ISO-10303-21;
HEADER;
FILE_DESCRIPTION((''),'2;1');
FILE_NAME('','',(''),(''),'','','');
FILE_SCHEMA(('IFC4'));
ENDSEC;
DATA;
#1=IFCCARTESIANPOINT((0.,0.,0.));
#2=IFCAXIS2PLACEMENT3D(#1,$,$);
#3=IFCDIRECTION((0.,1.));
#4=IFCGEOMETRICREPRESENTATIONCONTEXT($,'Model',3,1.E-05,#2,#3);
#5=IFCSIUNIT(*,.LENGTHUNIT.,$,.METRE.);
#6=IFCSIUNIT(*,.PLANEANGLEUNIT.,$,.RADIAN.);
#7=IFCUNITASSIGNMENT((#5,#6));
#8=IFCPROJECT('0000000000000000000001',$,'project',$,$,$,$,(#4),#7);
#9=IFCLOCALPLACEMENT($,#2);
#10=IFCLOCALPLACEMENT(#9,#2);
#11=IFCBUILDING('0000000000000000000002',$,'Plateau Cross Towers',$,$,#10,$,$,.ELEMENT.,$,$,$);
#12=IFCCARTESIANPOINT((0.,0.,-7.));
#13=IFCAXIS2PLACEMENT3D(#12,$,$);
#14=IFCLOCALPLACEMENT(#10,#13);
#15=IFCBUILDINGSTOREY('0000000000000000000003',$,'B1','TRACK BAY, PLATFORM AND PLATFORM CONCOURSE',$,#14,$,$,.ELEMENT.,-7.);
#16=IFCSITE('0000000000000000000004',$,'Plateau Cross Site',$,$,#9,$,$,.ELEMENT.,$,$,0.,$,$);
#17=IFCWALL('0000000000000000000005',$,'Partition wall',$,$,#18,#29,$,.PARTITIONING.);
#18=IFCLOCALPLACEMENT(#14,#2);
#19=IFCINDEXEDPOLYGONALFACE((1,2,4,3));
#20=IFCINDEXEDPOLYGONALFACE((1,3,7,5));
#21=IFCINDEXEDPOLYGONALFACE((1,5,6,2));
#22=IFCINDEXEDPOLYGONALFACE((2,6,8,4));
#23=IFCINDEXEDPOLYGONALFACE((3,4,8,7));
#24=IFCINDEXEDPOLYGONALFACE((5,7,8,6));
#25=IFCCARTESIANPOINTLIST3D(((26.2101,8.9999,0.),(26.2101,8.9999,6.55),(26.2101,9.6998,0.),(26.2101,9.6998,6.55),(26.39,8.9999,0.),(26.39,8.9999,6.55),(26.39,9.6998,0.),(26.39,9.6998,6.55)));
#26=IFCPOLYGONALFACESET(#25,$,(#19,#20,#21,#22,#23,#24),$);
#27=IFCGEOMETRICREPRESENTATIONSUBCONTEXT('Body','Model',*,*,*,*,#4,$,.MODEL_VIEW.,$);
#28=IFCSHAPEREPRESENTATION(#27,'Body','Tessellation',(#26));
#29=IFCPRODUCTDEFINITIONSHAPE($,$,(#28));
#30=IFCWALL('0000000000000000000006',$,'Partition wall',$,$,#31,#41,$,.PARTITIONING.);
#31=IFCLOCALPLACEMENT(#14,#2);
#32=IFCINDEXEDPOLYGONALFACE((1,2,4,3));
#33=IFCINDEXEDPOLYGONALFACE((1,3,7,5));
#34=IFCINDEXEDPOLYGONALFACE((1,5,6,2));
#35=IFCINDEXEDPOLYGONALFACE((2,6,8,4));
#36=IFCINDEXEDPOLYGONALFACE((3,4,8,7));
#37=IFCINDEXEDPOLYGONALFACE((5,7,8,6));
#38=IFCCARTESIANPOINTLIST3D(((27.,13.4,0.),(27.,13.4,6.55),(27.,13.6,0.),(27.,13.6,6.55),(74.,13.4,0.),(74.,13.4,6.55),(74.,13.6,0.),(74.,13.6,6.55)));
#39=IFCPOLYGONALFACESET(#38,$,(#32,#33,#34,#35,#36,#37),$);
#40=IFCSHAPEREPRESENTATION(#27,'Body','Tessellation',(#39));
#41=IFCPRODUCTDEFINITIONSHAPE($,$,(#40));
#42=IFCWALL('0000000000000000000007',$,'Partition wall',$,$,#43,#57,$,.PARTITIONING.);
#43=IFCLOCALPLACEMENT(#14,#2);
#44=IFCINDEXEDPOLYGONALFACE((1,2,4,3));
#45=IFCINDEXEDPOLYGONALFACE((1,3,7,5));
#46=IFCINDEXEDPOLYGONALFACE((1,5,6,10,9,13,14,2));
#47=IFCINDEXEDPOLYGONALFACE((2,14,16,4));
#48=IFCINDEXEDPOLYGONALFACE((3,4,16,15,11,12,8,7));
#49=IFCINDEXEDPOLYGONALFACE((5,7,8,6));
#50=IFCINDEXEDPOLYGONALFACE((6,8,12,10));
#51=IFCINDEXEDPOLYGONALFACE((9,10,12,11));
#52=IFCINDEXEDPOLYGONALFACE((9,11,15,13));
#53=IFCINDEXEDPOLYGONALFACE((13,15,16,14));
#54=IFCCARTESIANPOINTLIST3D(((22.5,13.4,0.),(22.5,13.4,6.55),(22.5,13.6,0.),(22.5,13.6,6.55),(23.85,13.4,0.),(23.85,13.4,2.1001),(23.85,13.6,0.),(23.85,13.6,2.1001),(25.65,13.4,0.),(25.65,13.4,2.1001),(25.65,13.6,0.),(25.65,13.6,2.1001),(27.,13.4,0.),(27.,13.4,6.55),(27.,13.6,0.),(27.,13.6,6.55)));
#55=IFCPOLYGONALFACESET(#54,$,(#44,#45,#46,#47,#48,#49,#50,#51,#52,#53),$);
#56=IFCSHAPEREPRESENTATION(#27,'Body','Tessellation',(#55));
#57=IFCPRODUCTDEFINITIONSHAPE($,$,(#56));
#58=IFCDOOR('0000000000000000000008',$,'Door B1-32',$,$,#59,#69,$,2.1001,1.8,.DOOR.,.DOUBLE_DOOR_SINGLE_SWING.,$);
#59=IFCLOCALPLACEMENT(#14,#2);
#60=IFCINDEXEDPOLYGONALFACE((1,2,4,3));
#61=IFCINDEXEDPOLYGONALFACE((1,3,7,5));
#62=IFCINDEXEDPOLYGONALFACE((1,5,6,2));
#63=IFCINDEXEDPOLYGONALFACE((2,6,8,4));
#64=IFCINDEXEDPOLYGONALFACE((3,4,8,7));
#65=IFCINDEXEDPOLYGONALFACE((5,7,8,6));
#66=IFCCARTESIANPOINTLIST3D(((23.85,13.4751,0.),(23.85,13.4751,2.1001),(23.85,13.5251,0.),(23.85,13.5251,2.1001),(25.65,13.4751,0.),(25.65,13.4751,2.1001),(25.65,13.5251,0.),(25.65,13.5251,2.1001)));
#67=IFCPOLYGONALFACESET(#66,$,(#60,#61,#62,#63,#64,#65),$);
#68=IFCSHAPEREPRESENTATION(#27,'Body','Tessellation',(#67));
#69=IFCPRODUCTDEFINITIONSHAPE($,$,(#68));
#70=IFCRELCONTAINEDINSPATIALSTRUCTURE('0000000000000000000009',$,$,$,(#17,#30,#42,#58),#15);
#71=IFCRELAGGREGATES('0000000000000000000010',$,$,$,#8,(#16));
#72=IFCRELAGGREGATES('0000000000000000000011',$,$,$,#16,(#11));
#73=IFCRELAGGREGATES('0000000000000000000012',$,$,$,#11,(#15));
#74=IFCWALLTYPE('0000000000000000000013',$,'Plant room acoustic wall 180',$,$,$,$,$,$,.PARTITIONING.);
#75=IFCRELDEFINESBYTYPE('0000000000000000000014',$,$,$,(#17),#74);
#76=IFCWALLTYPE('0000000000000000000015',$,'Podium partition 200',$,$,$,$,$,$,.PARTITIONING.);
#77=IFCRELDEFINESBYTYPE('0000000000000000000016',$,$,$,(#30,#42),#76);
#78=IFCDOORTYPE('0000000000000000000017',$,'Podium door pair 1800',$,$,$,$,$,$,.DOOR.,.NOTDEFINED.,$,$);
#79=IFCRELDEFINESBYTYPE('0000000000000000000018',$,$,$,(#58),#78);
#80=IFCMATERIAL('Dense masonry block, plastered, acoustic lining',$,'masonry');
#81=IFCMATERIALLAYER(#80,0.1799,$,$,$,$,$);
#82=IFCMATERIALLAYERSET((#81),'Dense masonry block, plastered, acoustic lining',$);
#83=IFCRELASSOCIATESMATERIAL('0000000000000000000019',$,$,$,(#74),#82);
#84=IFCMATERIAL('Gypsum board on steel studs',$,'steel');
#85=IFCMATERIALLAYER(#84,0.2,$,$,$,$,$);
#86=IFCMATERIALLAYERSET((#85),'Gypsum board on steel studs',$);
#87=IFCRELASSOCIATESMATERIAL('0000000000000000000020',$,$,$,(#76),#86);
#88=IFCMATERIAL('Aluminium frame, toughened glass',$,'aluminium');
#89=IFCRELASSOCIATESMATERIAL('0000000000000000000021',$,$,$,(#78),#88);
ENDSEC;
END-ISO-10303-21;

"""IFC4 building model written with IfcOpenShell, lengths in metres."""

from ifc_helpers import new_model, si_unit, direction, frame, frame_2d, origin, place, context, subcontext, project, spatial, rectangle, extrude, material, layer, layer_set, type_object, element, fill, save


model = new_model("IFC4")

# Units and contexts
model_context = context("Model", 3, precision=1e-05, world=origin(), true_north=direction((0.0, 1.0)))
body_context = subcontext(model_context, "Body", "Model", "MODEL_VIEW")
ifc_project = project(units=[si_unit("LENGTHUNIT", "METRE"), si_unit("PLANEANGLEUNIT", "RADIAN")], contexts=[model_context])

# Site, building, storey
site_placement = place(None, origin())
site = spatial("IfcSite", under=ifc_project, at=site_placement, Name="Plateau Cross Site", CompositionType="ELEMENT", RefElevation=0.0)
building_placement = place(site_placement, origin())
building = spatial("IfcBuilding", under=site, at=building_placement, Name="Plateau Cross Towers", CompositionType="ELEMENT")
storey_placement = place(building_placement, frame((0.0, 0.0, -7.0)))
storey = spatial("IfcBuildingStorey", under=building, at=storey_placement, Name="B1", Description="TRACK BAY, PLATFORM AND PLATFORM CONCOURSE", CompositionType="ELEMENT", Elevation=-7.0)

# Wall
ifc_material_1 = material(Name="Dense masonry block, plastered, acoustic lining", Category="masonry")
ifc_layer_1 = layer(ifc_material_1, 0.1799)
ifc_layer_set_1 = layer_set([ifc_layer_1], Name="Dense masonry block, plastered, acoustic lining")
wall_type_1 = type_object("IfcWallType", Name="Plant room acoustic wall 180", PredefinedType="PARTITIONING", material=ifc_layer_set_1)
wall_1_placement = place(storey_placement, frame((26.3, 9.7, 0.0), z_axis=(0.0, 0.0, 1.0), x_axis=(0.0, -1.0, 0.0)))
element("IfcWall", 1, at=wall_1_placement, inside=storey, type_object=wall_type_1, Name="Partition wall", PredefinedType="PARTITIONING", context=body_context, shape_type="SweptSolid", body=[
    extrude(rectangle(XDim=0.7, YDim=0.1799, at=frame_2d((0.3501, 0.0))), origin(), (0.0, 0.0, 1.0), 6.55),
])

# Wall
ifc_material_2 = material(Name="Gypsum board on steel studs", Category="steel")
ifc_layer_2 = layer(ifc_material_2, 0.2)
ifc_layer_set_2 = layer_set([ifc_layer_2], Name="Gypsum board on steel studs")
wall_type_2 = type_object("IfcWallType", Name="Podium partition 200", PredefinedType="PARTITIONING", material=ifc_layer_set_2)
wall_2_placement = place(storey_placement, frame((27.0, 13.5, 0.0), z_axis=(0.0, 0.0, 1.0), x_axis=(1.0, 0.0, 0.0)))
element("IfcWall", 2, at=wall_2_placement, inside=storey, type_object=wall_type_2, Name="Partition wall", PredefinedType="PARTITIONING", context=body_context, shape_type="SweptSolid", body=[
    extrude(rectangle(XDim=47.0, YDim=0.2, at=frame_2d((23.5, 0.0))), origin(), (0.0, 0.0, 1.0), 6.55),
])

# Wall, opening, door
wall_3_placement = place(storey_placement, frame((27.0, 13.5, 0.0), z_axis=(0.0, 0.0, 1.0), x_axis=(-1.0, 0.0, 0.0)))
wall_3 = element("IfcWall", 3, at=wall_3_placement, inside=storey, type_object=wall_type_2, Name="Partition wall", PredefinedType="PARTITIONING", context=body_context, shape_type="SweptSolid", body=[
    extrude(rectangle(XDim=4.5, YDim=0.2, at=frame_2d((2.25, 0.0))), origin(), (0.0, 0.0, 1.0), 6.55),
])
opening_1_placement = place(wall_3_placement, frame((1.3501, 0.0, 0.0)))
opening_1 = element("IfcOpeningElement", 4, at=opening_1_placement, cuts=wall_3, PredefinedType="OPENING", context=body_context, shape_type="SweptSolid", body=[
    extrude(rectangle(XDim=1.8, YDim=2.1001, at=frame_2d((0.8999, 1.05))), frame((0.0, 0.1099, 0.0), z_axis=(0.0, -1.0, 0.0), x_axis=(1.0, 0.0, 0.0)), (0.0, 0.0, 1.0), 0.22),
])
ifc_material_3 = material(Name="Aluminium frame, toughened glass", Category="aluminium")
door_type_1 = type_object("IfcDoorType", Name="Podium door pair 1800", OperationType="NOTDEFINED", PredefinedType="DOOR", material=ifc_material_3)
door_1_placement = place(opening_1_placement, origin())
door_1 = element("IfcDoor", 5, at=door_1_placement, inside=storey, type_object=door_type_1, Name="Door B1-32", OperationType="DOUBLE_DOOR_SINGLE_SWING", OverallHeight=2.1001, OverallWidth=1.8, PredefinedType="DOOR", context=body_context, shape_type="SweptSolid", body=[
    extrude(rectangle(XDim=1.8, YDim=2.1001, at=frame_2d((0.8999, 1.05))), frame((0.0, 0.0249, 0.0), z_axis=(0.0, -1.0, 0.0), x_axis=(1.0, 0.0, 0.0)), (0.0, 0.0, 1.0), 0.05),
])
fill(opening_1, door_1)

save(model, "model.ifc")
